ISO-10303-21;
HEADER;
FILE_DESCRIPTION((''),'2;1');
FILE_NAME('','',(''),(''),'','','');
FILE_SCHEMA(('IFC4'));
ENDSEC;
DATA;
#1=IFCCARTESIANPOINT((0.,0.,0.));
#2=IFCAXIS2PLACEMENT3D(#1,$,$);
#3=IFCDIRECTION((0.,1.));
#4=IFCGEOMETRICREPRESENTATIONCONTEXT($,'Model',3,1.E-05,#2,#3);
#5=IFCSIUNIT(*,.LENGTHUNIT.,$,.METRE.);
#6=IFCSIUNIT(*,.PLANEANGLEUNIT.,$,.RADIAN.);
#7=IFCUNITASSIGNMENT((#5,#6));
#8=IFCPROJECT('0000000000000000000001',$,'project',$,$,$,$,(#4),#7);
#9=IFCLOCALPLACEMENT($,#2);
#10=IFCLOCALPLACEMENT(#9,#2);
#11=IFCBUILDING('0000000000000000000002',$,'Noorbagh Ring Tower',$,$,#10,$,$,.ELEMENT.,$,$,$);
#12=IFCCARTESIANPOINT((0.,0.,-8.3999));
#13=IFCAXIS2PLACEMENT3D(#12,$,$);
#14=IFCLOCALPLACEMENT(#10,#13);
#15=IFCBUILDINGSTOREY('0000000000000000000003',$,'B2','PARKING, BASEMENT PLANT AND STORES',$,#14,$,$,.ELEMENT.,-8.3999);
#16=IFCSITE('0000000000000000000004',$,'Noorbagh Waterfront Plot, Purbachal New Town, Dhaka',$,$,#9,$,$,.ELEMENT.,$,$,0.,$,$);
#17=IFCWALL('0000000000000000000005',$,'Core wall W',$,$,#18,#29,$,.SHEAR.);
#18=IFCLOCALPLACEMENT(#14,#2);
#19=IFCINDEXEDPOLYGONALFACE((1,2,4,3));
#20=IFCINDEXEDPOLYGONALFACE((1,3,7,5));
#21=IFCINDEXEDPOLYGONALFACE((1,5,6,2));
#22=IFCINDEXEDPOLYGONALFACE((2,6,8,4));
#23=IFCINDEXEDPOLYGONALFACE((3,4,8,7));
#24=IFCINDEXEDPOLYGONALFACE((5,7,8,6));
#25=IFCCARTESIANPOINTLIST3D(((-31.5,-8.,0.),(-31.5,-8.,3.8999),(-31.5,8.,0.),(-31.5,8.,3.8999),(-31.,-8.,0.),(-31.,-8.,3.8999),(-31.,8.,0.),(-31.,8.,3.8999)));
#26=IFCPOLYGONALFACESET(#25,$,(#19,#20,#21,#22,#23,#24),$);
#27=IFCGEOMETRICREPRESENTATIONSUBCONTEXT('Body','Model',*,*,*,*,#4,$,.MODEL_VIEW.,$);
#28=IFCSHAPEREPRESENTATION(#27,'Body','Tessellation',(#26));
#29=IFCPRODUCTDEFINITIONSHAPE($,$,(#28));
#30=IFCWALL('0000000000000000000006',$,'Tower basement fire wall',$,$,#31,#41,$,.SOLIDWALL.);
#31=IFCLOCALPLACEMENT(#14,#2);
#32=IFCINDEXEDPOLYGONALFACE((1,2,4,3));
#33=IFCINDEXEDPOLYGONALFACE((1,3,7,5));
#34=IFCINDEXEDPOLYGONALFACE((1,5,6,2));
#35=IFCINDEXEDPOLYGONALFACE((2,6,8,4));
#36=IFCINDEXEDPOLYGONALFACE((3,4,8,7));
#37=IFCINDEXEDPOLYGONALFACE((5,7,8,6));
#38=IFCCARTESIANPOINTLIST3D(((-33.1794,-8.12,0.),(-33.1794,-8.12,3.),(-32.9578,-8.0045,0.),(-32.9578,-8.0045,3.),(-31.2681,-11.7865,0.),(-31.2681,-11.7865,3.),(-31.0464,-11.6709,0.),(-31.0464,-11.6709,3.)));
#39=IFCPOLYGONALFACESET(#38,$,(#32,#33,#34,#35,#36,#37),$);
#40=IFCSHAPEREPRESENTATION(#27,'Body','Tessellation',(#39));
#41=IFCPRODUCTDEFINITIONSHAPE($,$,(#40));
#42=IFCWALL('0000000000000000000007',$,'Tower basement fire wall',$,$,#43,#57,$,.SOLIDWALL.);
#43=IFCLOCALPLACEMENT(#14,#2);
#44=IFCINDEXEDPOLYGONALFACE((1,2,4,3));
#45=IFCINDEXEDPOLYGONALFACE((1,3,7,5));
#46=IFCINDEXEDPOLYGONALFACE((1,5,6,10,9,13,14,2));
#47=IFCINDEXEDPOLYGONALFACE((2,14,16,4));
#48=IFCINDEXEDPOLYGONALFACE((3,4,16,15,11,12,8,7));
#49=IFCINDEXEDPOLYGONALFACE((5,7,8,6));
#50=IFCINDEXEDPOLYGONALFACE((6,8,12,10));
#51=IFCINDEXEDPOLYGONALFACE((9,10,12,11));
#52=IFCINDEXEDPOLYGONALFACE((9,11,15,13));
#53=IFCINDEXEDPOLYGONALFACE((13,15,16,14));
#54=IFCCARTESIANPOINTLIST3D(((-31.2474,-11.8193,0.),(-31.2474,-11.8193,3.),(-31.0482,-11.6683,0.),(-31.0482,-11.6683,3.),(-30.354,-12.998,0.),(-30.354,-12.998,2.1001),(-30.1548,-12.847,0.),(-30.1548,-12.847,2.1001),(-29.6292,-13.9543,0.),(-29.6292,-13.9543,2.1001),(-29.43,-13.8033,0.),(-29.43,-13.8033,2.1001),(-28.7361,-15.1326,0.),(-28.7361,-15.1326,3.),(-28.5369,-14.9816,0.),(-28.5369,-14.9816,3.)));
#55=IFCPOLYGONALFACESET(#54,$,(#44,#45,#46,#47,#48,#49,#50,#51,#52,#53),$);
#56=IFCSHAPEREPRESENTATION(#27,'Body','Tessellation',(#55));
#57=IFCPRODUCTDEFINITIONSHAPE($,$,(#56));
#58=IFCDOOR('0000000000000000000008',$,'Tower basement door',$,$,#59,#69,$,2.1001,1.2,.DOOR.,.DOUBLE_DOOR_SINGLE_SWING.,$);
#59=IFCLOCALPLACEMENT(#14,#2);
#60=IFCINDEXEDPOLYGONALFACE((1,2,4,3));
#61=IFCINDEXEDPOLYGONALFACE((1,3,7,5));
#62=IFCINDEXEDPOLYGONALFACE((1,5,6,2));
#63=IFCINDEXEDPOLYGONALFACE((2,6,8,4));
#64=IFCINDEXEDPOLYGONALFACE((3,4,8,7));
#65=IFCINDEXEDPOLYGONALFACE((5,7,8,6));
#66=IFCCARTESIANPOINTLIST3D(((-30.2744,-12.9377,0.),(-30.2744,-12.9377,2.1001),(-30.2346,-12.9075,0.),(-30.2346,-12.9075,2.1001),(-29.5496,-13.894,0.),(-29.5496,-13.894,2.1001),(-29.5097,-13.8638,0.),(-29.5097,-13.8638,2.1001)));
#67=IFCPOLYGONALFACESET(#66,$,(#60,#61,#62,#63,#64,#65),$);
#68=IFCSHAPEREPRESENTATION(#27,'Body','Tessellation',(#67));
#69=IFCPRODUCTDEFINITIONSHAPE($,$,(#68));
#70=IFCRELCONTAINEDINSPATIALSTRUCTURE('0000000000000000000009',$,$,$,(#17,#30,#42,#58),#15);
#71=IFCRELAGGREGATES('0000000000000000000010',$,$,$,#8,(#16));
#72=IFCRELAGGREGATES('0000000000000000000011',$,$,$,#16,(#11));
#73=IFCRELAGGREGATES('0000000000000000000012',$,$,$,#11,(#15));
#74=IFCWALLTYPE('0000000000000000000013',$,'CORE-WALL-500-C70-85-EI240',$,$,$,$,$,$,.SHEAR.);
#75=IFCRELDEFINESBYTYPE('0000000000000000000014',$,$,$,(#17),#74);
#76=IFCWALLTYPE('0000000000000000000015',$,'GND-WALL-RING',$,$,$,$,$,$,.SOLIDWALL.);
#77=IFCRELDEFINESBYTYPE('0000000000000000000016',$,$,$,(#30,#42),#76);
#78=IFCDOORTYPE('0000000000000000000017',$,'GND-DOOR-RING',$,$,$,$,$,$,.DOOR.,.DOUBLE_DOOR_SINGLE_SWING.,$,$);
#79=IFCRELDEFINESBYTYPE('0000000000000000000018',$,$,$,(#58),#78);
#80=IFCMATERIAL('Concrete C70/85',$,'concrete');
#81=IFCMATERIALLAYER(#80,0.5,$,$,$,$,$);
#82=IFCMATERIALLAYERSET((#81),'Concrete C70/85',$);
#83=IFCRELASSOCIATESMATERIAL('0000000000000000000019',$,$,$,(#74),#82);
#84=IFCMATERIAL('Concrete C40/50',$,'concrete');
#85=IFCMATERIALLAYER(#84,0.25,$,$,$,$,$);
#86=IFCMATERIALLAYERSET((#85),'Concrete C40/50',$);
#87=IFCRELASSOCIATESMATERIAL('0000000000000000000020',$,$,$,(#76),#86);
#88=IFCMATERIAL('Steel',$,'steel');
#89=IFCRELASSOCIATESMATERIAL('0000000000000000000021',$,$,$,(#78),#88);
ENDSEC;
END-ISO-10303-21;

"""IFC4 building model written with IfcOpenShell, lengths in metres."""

from ifc_helpers import new_model, si_unit, direction, frame, frame_2d, origin, place, context, subcontext, project, spatial, rectangle, extrude, material, layer, layer_set, type_object, element, fill, save


model = new_model("IFC4")

# Units and contexts
model_context = context("Model", 3, precision=1e-05, world=origin(), true_north=direction((0.0, 1.0)))
body_context = subcontext(model_context, "Body", "Model", "MODEL_VIEW")
ifc_project = project(units=[si_unit("LENGTHUNIT", "METRE"), si_unit("PLANEANGLEUNIT", "RADIAN")], contexts=[model_context])

# Site, building, storey
site_placement = place(None, origin())
site = spatial("IfcSite", under=ifc_project, at=site_placement, Name="Noorbagh Waterfront Plot, Purbachal New Town, Dhaka", CompositionType="ELEMENT", RefElevation=0.0)
building_placement = place(site_placement, origin())
building = spatial("IfcBuilding", under=site, at=building_placement, Name="Noorbagh Ring Tower", CompositionType="ELEMENT")
storey_placement = place(building_placement, frame((0.0, 0.0, -8.3999)))
storey = spatial("IfcBuildingStorey", under=building, at=storey_placement, Name="B2", Description="PARKING, BASEMENT PLANT AND STORES", CompositionType="ELEMENT", Elevation=-8.3999)

# Walls
ifc_material_1 = material(Name="Concrete C70/85", Category="concrete")
ifc_layer_1 = layer(ifc_material_1, 0.5)
ifc_layer_set_1 = layer_set([ifc_layer_1], Name="Concrete C70/85")
wall_type_1 = type_object("IfcWallType", Name="CORE-WALL-500-C70-85-EI240", PredefinedType="SHEAR", material=ifc_layer_set_1)
wall_1_placement = place(storey_placement, frame((-31.25, -8.0, 0.0), z_axis=(0.0, 0.0, 1.0), x_axis=(0.0, 1.0, 0.0)))
element("IfcWall", 1, at=wall_1_placement, inside=storey, type_object=wall_type_1, Name="Core wall W", PredefinedType="SHEAR", context=body_context, shape_type="SweptSolid", body=[
    extrude(rectangle(XDim=16.0, YDim=0.5, at=frame_2d((8.0, 0.0))), origin(), (0.0, 0.0, 1.0), 3.8999),
])
ifc_material_2 = material(Name="Concrete C40/50", Category="concrete")
ifc_layer_2 = layer(ifc_material_2, 0.25)
ifc_layer_set_2 = layer_set([ifc_layer_2], Name="Concrete C40/50")
wall_type_2 = type_object("IfcWallType", Name="GND-WALL-RING", PredefinedType="SOLIDWALL", material=ifc_layer_set_2)
wall_2_placement = place(storey_placement, frame((-33.0686, -8.0623, 0.0), z_axis=(0.0, 0.0, 1.0), x_axis=(0.462265, -0.886742, 0.0)))
element("IfcWall", 2, at=wall_2_placement, inside=storey, type_object=wall_type_2, Name="Tower basement fire wall", PredefinedType="SOLIDWALL", context=body_context, shape_type="SweptSolid", body=[
    extrude(rectangle(XDim=4.1348, YDim=0.25, at=frame_2d((2.0674, 0.0))), origin(), (0.0, 0.0, 1.0), 3.0),
])

# Wall, opening, door
wall_3_placement = place(storey_placement, frame((-31.1477, -11.7439, 0.0), z_axis=(0.0, 0.0, 1.0), x_axis=(0.604042, -0.796953, 0.0)))
wall_3 = element("IfcWall", 3, at=wall_3_placement, inside=storey, type_object=wall_type_2, Name="Tower basement fire wall", PredefinedType="SOLIDWALL", context=body_context, shape_type="SweptSolid", body=[
    extrude(rectangle(XDim=4.1575, YDim=0.25, at=frame_2d((2.0786, 0.0))), origin(), (0.0, 0.0, 1.0), 3.0),
])
opening_1_placement = place(wall_3_placement, frame((1.4788, 0.0, 0.0)))
opening_1 = element("IfcOpeningElement", 4, at=opening_1_placement, cuts=wall_3, PredefinedType="OPENING", context=body_context, shape_type="SweptSolid", body=[
    extrude(rectangle(XDim=1.2, YDim=2.1001, at=frame_2d((0.6001, 1.05))), frame((0.0, 0.135, 0.0), z_axis=(0.0, -1.0, 0.0), x_axis=(1.0, 0.0, 0.0)), (0.0, 0.0, 1.0), 0.27),
])
ifc_material_3 = material(Name="Steel", Category="steel")
door_type_1 = type_object("IfcDoorType", Name="GND-DOOR-RING", OperationType="DOUBLE_DOOR_SINGLE_SWING", PredefinedType="DOOR", material=ifc_material_3)
door_1_placement = place(opening_1_placement, origin())
door_1 = element("IfcDoor", 5, at=door_1_placement, inside=storey, type_object=door_type_1, Name="Tower basement door", OperationType="DOUBLE_DOOR_SINGLE_SWING", OverallHeight=2.1001, OverallWidth=1.2, PredefinedType="DOOR", context=body_context, shape_type="SweptSolid", body=[
    extrude(rectangle(XDim=1.2, YDim=2.1001, at=frame_2d((0.6001, 1.05))), frame((0.0, 0.0249, 0.0), z_axis=(0.0, -1.0, 0.0), x_axis=(1.0, 0.0, 0.0)), (0.0, 0.0, 1.0), 0.05),
])
fill(opening_1, door_1)

save(model, "model.ifc")
